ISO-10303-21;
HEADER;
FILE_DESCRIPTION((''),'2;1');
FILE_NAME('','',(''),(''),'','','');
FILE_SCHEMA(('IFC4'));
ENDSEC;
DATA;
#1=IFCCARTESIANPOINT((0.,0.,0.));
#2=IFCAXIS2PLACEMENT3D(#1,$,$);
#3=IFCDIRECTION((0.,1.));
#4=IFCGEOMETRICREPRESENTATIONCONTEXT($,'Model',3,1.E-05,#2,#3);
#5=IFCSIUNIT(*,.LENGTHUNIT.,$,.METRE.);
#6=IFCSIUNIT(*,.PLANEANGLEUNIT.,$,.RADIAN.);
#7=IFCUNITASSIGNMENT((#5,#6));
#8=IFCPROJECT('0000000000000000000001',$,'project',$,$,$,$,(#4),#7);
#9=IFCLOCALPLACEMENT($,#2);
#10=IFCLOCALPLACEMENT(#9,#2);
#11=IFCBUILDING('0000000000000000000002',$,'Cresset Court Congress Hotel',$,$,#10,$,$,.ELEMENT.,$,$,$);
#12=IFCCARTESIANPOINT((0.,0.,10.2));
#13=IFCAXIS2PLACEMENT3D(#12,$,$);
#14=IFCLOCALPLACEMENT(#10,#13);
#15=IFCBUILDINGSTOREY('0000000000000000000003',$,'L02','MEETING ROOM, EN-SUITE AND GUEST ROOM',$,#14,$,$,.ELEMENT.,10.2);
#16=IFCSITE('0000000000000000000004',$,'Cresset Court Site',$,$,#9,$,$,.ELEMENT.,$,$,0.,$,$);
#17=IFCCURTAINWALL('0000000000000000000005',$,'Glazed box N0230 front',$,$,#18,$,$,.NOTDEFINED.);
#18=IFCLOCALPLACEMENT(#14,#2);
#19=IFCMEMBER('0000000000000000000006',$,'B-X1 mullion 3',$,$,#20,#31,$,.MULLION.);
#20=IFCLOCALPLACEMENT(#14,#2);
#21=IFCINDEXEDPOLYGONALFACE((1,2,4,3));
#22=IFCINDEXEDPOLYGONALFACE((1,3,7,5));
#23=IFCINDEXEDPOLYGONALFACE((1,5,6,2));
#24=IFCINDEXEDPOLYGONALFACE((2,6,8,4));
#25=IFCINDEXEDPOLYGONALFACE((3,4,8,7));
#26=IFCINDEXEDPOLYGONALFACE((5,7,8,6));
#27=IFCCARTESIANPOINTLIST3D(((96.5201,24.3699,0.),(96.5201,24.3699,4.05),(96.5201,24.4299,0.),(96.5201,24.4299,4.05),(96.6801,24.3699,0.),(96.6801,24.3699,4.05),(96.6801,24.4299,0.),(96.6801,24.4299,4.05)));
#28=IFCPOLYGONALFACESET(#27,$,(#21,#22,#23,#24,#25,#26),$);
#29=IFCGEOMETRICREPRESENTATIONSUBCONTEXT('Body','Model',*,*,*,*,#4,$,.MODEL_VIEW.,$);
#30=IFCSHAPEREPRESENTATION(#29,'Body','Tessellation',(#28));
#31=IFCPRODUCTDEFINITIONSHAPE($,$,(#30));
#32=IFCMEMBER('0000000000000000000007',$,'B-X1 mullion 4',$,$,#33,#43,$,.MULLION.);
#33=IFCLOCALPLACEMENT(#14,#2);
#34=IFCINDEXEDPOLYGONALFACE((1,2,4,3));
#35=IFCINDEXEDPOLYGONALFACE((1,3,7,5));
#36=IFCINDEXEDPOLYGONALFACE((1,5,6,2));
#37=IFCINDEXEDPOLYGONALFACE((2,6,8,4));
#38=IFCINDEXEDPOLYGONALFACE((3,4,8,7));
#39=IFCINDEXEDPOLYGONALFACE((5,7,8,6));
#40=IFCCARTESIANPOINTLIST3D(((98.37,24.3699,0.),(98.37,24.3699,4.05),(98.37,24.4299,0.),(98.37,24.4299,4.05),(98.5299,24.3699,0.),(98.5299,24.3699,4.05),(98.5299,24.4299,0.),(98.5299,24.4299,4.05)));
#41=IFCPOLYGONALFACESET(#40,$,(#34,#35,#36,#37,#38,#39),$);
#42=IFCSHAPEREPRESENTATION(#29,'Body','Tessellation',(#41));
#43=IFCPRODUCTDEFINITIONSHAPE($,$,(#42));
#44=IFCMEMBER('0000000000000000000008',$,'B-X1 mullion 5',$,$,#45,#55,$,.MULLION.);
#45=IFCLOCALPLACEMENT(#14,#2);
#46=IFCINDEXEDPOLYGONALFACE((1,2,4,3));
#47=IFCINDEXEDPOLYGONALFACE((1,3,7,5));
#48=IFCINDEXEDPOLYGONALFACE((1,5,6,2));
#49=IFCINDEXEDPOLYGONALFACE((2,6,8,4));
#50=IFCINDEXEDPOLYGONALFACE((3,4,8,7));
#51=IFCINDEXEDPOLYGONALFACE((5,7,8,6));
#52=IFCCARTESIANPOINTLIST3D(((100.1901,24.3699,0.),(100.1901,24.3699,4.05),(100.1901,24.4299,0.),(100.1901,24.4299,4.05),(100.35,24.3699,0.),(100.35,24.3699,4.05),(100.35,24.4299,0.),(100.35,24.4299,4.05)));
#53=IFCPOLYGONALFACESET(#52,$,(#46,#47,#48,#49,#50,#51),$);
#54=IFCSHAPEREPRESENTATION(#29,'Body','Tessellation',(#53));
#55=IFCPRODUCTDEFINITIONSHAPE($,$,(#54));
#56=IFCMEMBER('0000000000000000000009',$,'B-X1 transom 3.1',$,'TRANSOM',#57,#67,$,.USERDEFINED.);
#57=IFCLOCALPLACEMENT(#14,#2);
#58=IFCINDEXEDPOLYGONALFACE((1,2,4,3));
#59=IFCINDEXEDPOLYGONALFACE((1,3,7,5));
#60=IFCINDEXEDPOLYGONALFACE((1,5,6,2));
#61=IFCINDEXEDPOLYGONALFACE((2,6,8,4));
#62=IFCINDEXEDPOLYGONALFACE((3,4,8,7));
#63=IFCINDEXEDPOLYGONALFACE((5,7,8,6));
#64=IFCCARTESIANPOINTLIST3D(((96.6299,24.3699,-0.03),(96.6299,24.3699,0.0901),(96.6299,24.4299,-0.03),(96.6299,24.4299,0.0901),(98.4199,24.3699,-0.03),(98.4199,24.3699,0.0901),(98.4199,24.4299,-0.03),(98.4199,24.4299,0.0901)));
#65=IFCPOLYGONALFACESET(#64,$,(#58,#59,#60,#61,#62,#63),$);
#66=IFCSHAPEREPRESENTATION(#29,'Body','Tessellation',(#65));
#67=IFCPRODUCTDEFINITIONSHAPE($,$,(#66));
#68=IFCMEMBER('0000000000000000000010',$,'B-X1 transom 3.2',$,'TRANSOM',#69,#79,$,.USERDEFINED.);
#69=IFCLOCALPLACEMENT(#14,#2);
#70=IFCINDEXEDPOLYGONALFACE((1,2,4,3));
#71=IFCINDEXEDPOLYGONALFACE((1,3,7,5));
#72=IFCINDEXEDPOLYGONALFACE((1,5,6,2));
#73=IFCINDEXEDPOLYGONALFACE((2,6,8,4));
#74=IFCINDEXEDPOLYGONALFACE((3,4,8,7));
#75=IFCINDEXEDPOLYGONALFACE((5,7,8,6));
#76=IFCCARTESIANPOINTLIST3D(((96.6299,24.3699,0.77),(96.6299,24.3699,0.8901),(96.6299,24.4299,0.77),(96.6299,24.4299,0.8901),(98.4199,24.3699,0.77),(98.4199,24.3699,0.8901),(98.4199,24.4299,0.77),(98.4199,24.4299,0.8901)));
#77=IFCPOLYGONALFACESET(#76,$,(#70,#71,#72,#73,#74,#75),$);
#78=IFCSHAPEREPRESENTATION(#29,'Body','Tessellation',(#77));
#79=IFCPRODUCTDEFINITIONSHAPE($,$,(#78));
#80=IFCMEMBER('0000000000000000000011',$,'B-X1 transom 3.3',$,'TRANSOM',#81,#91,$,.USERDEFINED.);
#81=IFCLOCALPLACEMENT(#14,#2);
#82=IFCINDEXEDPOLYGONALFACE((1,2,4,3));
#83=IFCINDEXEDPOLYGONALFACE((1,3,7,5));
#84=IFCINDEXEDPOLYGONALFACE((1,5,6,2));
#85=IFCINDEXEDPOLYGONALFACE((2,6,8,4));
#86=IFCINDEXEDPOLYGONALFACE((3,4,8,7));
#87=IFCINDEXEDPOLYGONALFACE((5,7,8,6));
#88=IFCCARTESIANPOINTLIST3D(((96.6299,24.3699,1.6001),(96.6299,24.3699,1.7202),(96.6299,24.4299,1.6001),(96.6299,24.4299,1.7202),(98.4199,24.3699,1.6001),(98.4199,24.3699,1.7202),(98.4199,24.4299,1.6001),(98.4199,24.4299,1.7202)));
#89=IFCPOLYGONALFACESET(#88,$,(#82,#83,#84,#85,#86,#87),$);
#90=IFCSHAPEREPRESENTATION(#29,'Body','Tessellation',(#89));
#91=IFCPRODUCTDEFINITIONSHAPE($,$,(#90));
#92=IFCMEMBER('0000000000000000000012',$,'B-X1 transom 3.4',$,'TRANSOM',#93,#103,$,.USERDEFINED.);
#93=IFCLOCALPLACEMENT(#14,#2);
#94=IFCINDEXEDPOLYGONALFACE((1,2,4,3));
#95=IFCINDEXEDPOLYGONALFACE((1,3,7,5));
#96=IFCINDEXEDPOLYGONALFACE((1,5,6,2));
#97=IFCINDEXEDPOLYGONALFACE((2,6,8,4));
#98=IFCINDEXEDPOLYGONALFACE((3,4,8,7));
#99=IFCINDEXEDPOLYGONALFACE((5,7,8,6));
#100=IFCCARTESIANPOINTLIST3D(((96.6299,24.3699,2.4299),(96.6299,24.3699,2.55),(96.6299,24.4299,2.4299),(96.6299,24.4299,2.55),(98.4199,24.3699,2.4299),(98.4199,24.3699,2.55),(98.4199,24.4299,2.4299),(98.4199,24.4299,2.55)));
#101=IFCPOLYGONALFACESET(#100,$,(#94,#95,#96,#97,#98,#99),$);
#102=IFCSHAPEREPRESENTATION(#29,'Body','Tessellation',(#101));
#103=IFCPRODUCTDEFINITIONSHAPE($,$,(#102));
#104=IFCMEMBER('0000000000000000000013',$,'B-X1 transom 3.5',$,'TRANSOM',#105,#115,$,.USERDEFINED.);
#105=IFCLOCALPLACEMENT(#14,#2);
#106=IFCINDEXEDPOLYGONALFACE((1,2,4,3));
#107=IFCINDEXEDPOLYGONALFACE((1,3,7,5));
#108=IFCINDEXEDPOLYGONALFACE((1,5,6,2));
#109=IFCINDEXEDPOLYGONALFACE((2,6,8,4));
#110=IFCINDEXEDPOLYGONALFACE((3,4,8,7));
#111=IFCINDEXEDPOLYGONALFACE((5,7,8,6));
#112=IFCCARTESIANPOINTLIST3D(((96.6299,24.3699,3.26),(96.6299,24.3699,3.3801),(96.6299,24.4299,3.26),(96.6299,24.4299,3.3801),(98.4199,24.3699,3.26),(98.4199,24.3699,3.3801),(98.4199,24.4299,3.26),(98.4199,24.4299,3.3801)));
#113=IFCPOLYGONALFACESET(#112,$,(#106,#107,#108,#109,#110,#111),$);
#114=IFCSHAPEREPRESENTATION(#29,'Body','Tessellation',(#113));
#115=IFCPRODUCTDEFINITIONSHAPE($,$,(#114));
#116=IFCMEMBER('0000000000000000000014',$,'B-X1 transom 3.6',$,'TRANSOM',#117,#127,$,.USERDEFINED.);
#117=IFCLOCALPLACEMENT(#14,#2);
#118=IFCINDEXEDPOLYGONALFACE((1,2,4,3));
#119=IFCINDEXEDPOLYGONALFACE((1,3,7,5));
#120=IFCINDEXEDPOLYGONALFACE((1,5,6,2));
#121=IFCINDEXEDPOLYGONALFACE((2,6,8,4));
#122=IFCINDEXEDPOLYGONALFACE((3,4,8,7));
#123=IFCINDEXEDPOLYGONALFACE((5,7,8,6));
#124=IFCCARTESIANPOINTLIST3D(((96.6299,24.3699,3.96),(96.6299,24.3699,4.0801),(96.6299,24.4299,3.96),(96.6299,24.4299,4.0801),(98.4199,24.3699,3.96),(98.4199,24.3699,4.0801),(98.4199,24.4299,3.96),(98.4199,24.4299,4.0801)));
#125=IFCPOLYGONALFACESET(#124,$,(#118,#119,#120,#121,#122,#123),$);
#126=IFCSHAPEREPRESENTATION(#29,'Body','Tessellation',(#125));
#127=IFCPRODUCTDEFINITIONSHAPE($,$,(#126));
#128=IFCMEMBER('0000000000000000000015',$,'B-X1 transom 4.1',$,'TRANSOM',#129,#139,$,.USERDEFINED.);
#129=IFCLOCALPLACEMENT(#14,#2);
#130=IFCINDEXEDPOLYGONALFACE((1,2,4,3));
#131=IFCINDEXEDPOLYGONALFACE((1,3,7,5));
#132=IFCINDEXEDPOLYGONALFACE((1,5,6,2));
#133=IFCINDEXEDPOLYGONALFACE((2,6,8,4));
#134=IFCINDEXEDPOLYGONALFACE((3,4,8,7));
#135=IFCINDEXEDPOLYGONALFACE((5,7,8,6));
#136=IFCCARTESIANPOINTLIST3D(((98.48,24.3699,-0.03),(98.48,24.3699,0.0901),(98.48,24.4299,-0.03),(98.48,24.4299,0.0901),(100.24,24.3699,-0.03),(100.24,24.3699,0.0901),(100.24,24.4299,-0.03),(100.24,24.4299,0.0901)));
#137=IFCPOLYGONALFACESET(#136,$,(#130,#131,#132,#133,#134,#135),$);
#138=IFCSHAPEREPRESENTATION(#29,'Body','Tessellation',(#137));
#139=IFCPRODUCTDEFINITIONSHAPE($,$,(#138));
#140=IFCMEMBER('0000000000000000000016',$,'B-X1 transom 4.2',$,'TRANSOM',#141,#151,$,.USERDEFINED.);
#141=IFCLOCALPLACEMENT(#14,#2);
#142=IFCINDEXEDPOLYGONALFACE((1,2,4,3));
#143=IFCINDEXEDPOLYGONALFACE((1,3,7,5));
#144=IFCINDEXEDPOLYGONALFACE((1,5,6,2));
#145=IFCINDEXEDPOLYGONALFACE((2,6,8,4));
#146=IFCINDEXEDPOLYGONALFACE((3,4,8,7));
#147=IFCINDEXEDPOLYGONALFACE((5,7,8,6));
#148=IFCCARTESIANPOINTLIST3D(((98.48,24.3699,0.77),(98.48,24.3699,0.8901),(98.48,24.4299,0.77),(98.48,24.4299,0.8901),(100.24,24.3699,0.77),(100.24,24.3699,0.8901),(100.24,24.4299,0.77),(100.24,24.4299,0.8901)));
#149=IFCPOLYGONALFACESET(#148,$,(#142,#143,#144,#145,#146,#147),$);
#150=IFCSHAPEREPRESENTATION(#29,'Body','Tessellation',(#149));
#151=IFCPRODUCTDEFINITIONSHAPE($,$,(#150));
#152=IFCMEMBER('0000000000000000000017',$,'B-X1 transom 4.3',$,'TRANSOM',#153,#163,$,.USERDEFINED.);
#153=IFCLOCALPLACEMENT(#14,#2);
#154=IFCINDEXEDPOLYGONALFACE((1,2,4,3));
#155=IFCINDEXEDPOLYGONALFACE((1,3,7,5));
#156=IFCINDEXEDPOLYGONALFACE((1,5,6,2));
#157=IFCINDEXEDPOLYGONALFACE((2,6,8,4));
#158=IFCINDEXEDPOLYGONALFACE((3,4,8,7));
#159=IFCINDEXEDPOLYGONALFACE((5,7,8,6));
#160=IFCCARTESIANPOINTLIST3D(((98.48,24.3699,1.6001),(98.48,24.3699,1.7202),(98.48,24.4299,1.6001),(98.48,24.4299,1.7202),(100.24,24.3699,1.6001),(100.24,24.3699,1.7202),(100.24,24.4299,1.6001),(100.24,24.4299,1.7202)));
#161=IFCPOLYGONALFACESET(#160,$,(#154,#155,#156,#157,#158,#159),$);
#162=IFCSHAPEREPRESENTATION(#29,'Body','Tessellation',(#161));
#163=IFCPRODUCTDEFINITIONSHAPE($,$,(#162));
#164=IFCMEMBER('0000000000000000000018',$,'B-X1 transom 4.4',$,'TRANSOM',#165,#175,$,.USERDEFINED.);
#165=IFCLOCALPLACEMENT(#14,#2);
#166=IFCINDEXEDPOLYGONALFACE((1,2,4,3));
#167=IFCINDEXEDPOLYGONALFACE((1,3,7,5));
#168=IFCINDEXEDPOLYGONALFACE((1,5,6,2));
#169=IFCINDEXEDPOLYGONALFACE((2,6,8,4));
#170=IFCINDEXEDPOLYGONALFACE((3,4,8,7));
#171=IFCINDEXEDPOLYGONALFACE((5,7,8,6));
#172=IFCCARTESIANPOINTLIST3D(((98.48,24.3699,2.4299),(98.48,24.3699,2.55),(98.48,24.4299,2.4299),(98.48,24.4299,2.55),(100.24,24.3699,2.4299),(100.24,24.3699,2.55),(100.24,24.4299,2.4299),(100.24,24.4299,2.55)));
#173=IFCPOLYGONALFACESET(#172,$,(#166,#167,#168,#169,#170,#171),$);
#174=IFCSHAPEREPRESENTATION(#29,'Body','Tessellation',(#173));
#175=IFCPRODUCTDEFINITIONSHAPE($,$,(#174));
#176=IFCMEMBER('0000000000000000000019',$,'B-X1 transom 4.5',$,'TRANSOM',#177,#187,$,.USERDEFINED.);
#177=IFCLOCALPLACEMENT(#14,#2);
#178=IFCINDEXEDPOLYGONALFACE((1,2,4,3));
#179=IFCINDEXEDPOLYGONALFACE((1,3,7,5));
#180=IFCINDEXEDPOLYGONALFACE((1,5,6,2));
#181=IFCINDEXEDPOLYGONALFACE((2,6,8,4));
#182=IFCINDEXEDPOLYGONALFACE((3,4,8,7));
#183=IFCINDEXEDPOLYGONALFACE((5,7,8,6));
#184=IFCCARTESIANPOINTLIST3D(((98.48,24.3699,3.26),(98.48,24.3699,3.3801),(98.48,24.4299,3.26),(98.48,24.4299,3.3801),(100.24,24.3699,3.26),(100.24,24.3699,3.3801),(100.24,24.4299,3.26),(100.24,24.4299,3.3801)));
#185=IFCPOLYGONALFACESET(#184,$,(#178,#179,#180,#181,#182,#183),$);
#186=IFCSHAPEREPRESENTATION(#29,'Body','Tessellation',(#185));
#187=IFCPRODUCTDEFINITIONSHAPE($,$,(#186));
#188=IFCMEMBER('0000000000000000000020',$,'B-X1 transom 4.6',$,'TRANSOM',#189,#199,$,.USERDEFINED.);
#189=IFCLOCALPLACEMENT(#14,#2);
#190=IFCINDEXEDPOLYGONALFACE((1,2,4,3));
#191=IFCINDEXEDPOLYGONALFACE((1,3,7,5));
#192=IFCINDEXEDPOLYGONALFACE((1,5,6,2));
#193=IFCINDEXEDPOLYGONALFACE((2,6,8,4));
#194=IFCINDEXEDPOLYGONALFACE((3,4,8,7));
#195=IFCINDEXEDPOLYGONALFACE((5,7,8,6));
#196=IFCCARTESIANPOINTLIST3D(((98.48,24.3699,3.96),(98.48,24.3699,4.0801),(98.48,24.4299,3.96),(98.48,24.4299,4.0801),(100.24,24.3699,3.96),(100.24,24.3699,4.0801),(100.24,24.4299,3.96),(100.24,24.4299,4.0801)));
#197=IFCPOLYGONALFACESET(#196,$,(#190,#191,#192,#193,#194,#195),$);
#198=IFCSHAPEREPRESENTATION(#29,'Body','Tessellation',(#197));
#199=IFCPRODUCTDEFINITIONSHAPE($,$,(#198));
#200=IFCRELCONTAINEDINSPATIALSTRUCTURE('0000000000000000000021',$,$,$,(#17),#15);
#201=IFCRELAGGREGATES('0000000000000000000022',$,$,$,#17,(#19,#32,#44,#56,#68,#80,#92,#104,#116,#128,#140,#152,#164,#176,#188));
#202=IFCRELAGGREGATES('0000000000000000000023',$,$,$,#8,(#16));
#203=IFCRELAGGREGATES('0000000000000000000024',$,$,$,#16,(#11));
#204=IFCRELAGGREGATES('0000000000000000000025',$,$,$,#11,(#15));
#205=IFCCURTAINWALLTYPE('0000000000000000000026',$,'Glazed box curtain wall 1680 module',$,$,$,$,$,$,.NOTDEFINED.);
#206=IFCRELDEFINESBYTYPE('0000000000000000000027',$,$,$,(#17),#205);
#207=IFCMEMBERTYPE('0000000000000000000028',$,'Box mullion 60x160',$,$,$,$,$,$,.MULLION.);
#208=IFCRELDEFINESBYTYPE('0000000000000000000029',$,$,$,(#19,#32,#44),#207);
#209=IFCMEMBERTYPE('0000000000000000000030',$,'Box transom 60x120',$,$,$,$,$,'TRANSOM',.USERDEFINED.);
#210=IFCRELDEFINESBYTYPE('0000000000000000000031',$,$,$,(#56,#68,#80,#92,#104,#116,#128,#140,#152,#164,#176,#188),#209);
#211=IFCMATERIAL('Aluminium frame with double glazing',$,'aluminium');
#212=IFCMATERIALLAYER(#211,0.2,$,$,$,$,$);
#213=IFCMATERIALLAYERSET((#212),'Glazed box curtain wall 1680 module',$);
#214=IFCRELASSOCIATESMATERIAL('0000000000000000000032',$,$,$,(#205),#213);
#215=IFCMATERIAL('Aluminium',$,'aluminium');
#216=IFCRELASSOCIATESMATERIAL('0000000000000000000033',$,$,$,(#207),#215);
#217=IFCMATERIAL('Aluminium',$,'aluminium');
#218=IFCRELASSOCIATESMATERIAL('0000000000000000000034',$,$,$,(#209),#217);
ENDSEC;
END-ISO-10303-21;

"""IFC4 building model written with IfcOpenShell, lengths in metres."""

from ifc_helpers import new_model, si_unit, direction, frame, origin, origin_2d, place, context, subcontext, project, spatial, rectangle, extrude, material, layer, layer_set, material_profile, profile_set, type_object, element, aggregate, save


model = new_model("IFC4")

# Units and contexts
model_context = context("Model", 3, precision=1e-05, world=origin(), true_north=direction((0.0, 1.0)))
body_context = subcontext(model_context, "Body", "Model", "MODEL_VIEW")
ifc_project = project(units=[si_unit("LENGTHUNIT", "METRE"), si_unit("PLANEANGLEUNIT", "RADIAN")], contexts=[model_context])

# Site, building, storey
site_placement = place(None, origin())
site = spatial("IfcSite", under=ifc_project, at=site_placement, Name="Cresset Court Site", CompositionType="ELEMENT", RefElevation=0.0)
building_placement = place(site_placement, origin())
building = spatial("IfcBuilding", under=site, at=building_placement, Name="Cresset Court Congress Hotel", CompositionType="ELEMENT")
storey_placement = place(building_placement, frame((0.0, 0.0, 10.2)))
storey = spatial("IfcBuildingStorey", under=building, at=storey_placement, Name="L02", Description="MEETING ROOM, EN-SUITE AND GUEST ROOM", CompositionType="ELEMENT", Elevation=10.2)

# Curtain wall, members
ifc_material_1 = material(Name="Aluminium frame with double glazing", Category="aluminium")
ifc_layer_1 = layer(ifc_material_1, 0.2)
ifc_layer_set_1 = layer_set([ifc_layer_1], Name="Glazed box curtain wall 1680 module")
curtain_wall_type = type_object("IfcCurtainWallType", Name="Glazed box curtain wall 1680 module", PredefinedType="NOTDEFINED", material=ifc_layer_set_1)
curtain_wall_placement = place(storey_placement, origin())
curtain_wall = element("IfcCurtainWall", 1, at=curtain_wall_placement, inside=storey, type_object=curtain_wall_type, Name="Glazed box N0230 front", PredefinedType="NOTDEFINED")
ifc_material_2 = material(Name="Aluminium", Category="aluminium")
ifc_material_profile_1 = material_profile(ifc_material_2, rectangle(XDim=0.0601, YDim=0.1599, at=origin_2d()), Name="Box mullion 60x160")
ifc_profile_set_1 = profile_set([ifc_material_profile_1], Name="Aluminium")
member_type_1 = type_object("IfcMemberType", Name="Box mullion 60x160", PredefinedType="MULLION", material=ifc_profile_set_1)
member_1_placement = place(storey_placement, frame((96.6001, 24.3999, 0.0), z_axis=(0.0, 0.0, 1.0), x_axis=(0.0, 1.0, 0.0)))
member_1 = element("IfcMember", 2, at=member_1_placement, type_object=member_type_1, Name="B-X1 mullion 3", PredefinedType="MULLION", context=body_context, shape_type="SweptSolid", body=[
    extrude(rectangle(XDim=0.0601, YDim=0.1599, at=origin_2d()), origin(), (0.0, 0.0, 1.0), 4.05),
])
member_2_placement = place(storey_placement, frame((98.45, 24.3999, 0.0), z_axis=(0.0, 0.0, 1.0), x_axis=(0.0, 1.0, 0.0)))
member_2 = element("IfcMember", 3, at=member_2_placement, type_object=member_type_1, Name="B-X1 mullion 4", PredefinedType="MULLION", context=body_context, shape_type="SweptSolid", body=[
    extrude(rectangle(XDim=0.0601, YDim=0.1599, at=origin_2d()), origin(), (0.0, 0.0, 1.0), 4.05),
])
member_3_placement = place(storey_placement, frame((100.27, 24.3999, 0.0), z_axis=(0.0, 0.0, 1.0), x_axis=(0.0, 1.0, 0.0)))
member_3 = element("IfcMember", 4, at=member_3_placement, type_object=member_type_1, Name="B-X1 mullion 5", PredefinedType="MULLION", context=body_context, shape_type="SweptSolid", body=[
    extrude(rectangle(XDim=0.0601, YDim=0.1599, at=origin_2d()), origin(), (0.0, 0.0, 1.0), 4.05),
])
ifc_material_3 = material(Name="Aluminium", Category="aluminium")
ifc_material_profile_2 = material_profile(ifc_material_3, rectangle(XDim=0.0601, YDim=0.1201, at=origin_2d()), Name="Box transom 60x120")
ifc_profile_set_2 = profile_set([ifc_material_profile_2], Name="Aluminium")
member_type_2 = type_object("IfcMemberType", Name="Box transom 60x120", ElementType="TRANSOM", PredefinedType="USERDEFINED", material=ifc_profile_set_2)
member_4_placement = place(storey_placement, frame((96.6299, 24.3999, 0.03), z_axis=(1.0, 0.0, 0.0), x_axis=(0.0, 1.0, 0.0)))
member_4 = element("IfcMember", 5, at=member_4_placement, type_object=member_type_2, Name="B-X1 transom 3.1", ObjectType="TRANSOM", PredefinedType="USERDEFINED", context=body_context, shape_type="SweptSolid", body=[
    extrude(rectangle(XDim=0.0601, YDim=0.1201, at=origin_2d()), origin(), (0.0, 0.0, 1.0), 1.79),
])
member_5_placement = place(storey_placement, frame((96.6299, 24.3999, 0.8301), z_axis=(1.0, 0.0, 0.0), x_axis=(0.0, 1.0, 0.0)))
member_5 = element("IfcMember", 6, at=member_5_placement, type_object=member_type_2, Name="B-X1 transom 3.2", ObjectType="TRANSOM", PredefinedType="USERDEFINED", context=body_context, shape_type="SweptSolid", body=[
    extrude(rectangle(XDim=0.0601, YDim=0.1201, at=origin_2d()), origin(), (0.0, 0.0, 1.0), 1.79),
])
member_6_placement = place(storey_placement, frame((96.6299, 24.3999, 1.6602), z_axis=(1.0, 0.0, 0.0), x_axis=(0.0, 1.0, 0.0)))
member_6 = element("IfcMember", 7, at=member_6_placement, type_object=member_type_2, Name="B-X1 transom 3.3", ObjectType="TRANSOM", PredefinedType="USERDEFINED", context=body_context, shape_type="SweptSolid", body=[
    extrude(rectangle(XDim=0.0601, YDim=0.1201, at=origin_2d()), origin(), (0.0, 0.0, 1.0), 1.79),
])
member_7_placement = place(storey_placement, frame((96.6299, 24.3999, 2.49), z_axis=(1.0, 0.0, 0.0), x_axis=(0.0, 1.0, 0.0)))
member_7 = element("IfcMember", 8, at=member_7_placement, type_object=member_type_2, Name="B-X1 transom 3.4", ObjectType="TRANSOM", PredefinedType="USERDEFINED", context=body_context, shape_type="SweptSolid", body=[
    extrude(rectangle(XDim=0.0601, YDim=0.1201, at=origin_2d()), origin(), (0.0, 0.0, 1.0), 1.79),
])
member_8_placement = place(storey_placement, frame((96.6299, 24.3999, 3.3201), z_axis=(1.0, 0.0, 0.0), x_axis=(0.0, 1.0, 0.0)))
member_8 = element("IfcMember", 9, at=member_8_placement, type_object=member_type_2, Name="B-X1 transom 3.5", ObjectType="TRANSOM", PredefinedType="USERDEFINED", context=body_context, shape_type="SweptSolid", body=[
    extrude(rectangle(XDim=0.0601, YDim=0.1201, at=origin_2d()), origin(), (0.0, 0.0, 1.0), 1.79),
])
member_9_placement = place(storey_placement, frame((96.6299, 24.3999, 4.02), z_axis=(1.0, 0.0, 0.0), x_axis=(0.0, 1.0, 0.0)))
member_9 = element("IfcMember", 10, at=member_9_placement, type_object=member_type_2, Name="B-X1 transom 3.6", ObjectType="TRANSOM", PredefinedType="USERDEFINED", context=body_context, shape_type="SweptSolid", body=[
    extrude(rectangle(XDim=0.0601, YDim=0.1201, at=origin_2d()), origin(), (0.0, 0.0, 1.0), 1.79),
])
member_10_placement = place(storey_placement, frame((98.48, 24.3999, 0.03), z_axis=(1.0, 0.0, 0.0), x_axis=(0.0, 1.0, 0.0)))
member_10 = element("IfcMember", 11, at=member_10_placement, type_object=member_type_2, Name="B-X1 transom 4.1", ObjectType="TRANSOM", PredefinedType="USERDEFINED", context=body_context, shape_type="SweptSolid", body=[
    extrude(rectangle(XDim=0.0601, YDim=0.1201, at=origin_2d()), origin(), (0.0, 0.0, 1.0), 1.76),
])
member_11_placement = place(storey_placement, frame((98.48, 24.3999, 0.8301), z_axis=(1.0, 0.0, 0.0), x_axis=(0.0, 1.0, 0.0)))
member_11 = element("IfcMember", 12, at=member_11_placement, type_object=member_type_2, Name="B-X1 transom 4.2", ObjectType="TRANSOM", PredefinedType="USERDEFINED", context=body_context, shape_type="SweptSolid", body=[
    extrude(rectangle(XDim=0.0601, YDim=0.1201, at=origin_2d()), origin(), (0.0, 0.0, 1.0), 1.76),
])
member_12_placement = place(storey_placement, frame((98.48, 24.3999, 1.6602), z_axis=(1.0, 0.0, 0.0), x_axis=(0.0, 1.0, 0.0)))
member_12 = element("IfcMember", 13, at=member_12_placement, type_object=member_type_2, Name="B-X1 transom 4.3", ObjectType="TRANSOM", PredefinedType="USERDEFINED", context=body_context, shape_type="SweptSolid", body=[
    extrude(rectangle(XDim=0.0601, YDim=0.1201, at=origin_2d()), origin(), (0.0, 0.0, 1.0), 1.76),
])
member_13_placement = place(storey_placement, frame((98.48, 24.3999, 2.49), z_axis=(1.0, 0.0, 0.0), x_axis=(0.0, 1.0, 0.0)))
member_13 = element("IfcMember", 14, at=member_13_placement, type_object=member_type_2, Name="B-X1 transom 4.4", ObjectType="TRANSOM", PredefinedType="USERDEFINED", context=body_context, shape_type="SweptSolid", body=[
    extrude(rectangle(XDim=0.0601, YDim=0.1201, at=origin_2d()), origin(), (0.0, 0.0, 1.0), 1.76),
])
member_14_placement = place(storey_placement, frame((98.48, 24.3999, 3.3201), z_axis=(1.0, 0.0, 0.0), x_axis=(0.0, 1.0, 0.0)))
member_14 = element("IfcMember", 15, at=member_14_placement, type_object=member_type_2, Name="B-X1 transom 4.5", ObjectType="TRANSOM", PredefinedType="USERDEFINED", context=body_context, shape_type="SweptSolid", body=[
    extrude(rectangle(XDim=0.0601, YDim=0.1201, at=origin_2d()), origin(), (0.0, 0.0, 1.0), 1.76),
])
member_15_placement = place(storey_placement, frame((98.48, 24.3999, 4.02), z_axis=(1.0, 0.0, 0.0), x_axis=(0.0, 1.0, 0.0)))
member_15 = element("IfcMember", 16, at=member_15_placement, type_object=member_type_2, Name="B-X1 transom 4.6", ObjectType="TRANSOM", PredefinedType="USERDEFINED", context=body_context, shape_type="SweptSolid", body=[
    extrude(rectangle(XDim=0.0601, YDim=0.1201, at=origin_2d()), origin(), (0.0, 0.0, 1.0), 1.76),
])
aggregate(curtain_wall, [member_1, member_2, member_3, member_4, member_5, member_6, member_7, member_8, member_9, member_10, member_11, member_12, member_13, member_14, member_15])

save(model, "model.ifc")
